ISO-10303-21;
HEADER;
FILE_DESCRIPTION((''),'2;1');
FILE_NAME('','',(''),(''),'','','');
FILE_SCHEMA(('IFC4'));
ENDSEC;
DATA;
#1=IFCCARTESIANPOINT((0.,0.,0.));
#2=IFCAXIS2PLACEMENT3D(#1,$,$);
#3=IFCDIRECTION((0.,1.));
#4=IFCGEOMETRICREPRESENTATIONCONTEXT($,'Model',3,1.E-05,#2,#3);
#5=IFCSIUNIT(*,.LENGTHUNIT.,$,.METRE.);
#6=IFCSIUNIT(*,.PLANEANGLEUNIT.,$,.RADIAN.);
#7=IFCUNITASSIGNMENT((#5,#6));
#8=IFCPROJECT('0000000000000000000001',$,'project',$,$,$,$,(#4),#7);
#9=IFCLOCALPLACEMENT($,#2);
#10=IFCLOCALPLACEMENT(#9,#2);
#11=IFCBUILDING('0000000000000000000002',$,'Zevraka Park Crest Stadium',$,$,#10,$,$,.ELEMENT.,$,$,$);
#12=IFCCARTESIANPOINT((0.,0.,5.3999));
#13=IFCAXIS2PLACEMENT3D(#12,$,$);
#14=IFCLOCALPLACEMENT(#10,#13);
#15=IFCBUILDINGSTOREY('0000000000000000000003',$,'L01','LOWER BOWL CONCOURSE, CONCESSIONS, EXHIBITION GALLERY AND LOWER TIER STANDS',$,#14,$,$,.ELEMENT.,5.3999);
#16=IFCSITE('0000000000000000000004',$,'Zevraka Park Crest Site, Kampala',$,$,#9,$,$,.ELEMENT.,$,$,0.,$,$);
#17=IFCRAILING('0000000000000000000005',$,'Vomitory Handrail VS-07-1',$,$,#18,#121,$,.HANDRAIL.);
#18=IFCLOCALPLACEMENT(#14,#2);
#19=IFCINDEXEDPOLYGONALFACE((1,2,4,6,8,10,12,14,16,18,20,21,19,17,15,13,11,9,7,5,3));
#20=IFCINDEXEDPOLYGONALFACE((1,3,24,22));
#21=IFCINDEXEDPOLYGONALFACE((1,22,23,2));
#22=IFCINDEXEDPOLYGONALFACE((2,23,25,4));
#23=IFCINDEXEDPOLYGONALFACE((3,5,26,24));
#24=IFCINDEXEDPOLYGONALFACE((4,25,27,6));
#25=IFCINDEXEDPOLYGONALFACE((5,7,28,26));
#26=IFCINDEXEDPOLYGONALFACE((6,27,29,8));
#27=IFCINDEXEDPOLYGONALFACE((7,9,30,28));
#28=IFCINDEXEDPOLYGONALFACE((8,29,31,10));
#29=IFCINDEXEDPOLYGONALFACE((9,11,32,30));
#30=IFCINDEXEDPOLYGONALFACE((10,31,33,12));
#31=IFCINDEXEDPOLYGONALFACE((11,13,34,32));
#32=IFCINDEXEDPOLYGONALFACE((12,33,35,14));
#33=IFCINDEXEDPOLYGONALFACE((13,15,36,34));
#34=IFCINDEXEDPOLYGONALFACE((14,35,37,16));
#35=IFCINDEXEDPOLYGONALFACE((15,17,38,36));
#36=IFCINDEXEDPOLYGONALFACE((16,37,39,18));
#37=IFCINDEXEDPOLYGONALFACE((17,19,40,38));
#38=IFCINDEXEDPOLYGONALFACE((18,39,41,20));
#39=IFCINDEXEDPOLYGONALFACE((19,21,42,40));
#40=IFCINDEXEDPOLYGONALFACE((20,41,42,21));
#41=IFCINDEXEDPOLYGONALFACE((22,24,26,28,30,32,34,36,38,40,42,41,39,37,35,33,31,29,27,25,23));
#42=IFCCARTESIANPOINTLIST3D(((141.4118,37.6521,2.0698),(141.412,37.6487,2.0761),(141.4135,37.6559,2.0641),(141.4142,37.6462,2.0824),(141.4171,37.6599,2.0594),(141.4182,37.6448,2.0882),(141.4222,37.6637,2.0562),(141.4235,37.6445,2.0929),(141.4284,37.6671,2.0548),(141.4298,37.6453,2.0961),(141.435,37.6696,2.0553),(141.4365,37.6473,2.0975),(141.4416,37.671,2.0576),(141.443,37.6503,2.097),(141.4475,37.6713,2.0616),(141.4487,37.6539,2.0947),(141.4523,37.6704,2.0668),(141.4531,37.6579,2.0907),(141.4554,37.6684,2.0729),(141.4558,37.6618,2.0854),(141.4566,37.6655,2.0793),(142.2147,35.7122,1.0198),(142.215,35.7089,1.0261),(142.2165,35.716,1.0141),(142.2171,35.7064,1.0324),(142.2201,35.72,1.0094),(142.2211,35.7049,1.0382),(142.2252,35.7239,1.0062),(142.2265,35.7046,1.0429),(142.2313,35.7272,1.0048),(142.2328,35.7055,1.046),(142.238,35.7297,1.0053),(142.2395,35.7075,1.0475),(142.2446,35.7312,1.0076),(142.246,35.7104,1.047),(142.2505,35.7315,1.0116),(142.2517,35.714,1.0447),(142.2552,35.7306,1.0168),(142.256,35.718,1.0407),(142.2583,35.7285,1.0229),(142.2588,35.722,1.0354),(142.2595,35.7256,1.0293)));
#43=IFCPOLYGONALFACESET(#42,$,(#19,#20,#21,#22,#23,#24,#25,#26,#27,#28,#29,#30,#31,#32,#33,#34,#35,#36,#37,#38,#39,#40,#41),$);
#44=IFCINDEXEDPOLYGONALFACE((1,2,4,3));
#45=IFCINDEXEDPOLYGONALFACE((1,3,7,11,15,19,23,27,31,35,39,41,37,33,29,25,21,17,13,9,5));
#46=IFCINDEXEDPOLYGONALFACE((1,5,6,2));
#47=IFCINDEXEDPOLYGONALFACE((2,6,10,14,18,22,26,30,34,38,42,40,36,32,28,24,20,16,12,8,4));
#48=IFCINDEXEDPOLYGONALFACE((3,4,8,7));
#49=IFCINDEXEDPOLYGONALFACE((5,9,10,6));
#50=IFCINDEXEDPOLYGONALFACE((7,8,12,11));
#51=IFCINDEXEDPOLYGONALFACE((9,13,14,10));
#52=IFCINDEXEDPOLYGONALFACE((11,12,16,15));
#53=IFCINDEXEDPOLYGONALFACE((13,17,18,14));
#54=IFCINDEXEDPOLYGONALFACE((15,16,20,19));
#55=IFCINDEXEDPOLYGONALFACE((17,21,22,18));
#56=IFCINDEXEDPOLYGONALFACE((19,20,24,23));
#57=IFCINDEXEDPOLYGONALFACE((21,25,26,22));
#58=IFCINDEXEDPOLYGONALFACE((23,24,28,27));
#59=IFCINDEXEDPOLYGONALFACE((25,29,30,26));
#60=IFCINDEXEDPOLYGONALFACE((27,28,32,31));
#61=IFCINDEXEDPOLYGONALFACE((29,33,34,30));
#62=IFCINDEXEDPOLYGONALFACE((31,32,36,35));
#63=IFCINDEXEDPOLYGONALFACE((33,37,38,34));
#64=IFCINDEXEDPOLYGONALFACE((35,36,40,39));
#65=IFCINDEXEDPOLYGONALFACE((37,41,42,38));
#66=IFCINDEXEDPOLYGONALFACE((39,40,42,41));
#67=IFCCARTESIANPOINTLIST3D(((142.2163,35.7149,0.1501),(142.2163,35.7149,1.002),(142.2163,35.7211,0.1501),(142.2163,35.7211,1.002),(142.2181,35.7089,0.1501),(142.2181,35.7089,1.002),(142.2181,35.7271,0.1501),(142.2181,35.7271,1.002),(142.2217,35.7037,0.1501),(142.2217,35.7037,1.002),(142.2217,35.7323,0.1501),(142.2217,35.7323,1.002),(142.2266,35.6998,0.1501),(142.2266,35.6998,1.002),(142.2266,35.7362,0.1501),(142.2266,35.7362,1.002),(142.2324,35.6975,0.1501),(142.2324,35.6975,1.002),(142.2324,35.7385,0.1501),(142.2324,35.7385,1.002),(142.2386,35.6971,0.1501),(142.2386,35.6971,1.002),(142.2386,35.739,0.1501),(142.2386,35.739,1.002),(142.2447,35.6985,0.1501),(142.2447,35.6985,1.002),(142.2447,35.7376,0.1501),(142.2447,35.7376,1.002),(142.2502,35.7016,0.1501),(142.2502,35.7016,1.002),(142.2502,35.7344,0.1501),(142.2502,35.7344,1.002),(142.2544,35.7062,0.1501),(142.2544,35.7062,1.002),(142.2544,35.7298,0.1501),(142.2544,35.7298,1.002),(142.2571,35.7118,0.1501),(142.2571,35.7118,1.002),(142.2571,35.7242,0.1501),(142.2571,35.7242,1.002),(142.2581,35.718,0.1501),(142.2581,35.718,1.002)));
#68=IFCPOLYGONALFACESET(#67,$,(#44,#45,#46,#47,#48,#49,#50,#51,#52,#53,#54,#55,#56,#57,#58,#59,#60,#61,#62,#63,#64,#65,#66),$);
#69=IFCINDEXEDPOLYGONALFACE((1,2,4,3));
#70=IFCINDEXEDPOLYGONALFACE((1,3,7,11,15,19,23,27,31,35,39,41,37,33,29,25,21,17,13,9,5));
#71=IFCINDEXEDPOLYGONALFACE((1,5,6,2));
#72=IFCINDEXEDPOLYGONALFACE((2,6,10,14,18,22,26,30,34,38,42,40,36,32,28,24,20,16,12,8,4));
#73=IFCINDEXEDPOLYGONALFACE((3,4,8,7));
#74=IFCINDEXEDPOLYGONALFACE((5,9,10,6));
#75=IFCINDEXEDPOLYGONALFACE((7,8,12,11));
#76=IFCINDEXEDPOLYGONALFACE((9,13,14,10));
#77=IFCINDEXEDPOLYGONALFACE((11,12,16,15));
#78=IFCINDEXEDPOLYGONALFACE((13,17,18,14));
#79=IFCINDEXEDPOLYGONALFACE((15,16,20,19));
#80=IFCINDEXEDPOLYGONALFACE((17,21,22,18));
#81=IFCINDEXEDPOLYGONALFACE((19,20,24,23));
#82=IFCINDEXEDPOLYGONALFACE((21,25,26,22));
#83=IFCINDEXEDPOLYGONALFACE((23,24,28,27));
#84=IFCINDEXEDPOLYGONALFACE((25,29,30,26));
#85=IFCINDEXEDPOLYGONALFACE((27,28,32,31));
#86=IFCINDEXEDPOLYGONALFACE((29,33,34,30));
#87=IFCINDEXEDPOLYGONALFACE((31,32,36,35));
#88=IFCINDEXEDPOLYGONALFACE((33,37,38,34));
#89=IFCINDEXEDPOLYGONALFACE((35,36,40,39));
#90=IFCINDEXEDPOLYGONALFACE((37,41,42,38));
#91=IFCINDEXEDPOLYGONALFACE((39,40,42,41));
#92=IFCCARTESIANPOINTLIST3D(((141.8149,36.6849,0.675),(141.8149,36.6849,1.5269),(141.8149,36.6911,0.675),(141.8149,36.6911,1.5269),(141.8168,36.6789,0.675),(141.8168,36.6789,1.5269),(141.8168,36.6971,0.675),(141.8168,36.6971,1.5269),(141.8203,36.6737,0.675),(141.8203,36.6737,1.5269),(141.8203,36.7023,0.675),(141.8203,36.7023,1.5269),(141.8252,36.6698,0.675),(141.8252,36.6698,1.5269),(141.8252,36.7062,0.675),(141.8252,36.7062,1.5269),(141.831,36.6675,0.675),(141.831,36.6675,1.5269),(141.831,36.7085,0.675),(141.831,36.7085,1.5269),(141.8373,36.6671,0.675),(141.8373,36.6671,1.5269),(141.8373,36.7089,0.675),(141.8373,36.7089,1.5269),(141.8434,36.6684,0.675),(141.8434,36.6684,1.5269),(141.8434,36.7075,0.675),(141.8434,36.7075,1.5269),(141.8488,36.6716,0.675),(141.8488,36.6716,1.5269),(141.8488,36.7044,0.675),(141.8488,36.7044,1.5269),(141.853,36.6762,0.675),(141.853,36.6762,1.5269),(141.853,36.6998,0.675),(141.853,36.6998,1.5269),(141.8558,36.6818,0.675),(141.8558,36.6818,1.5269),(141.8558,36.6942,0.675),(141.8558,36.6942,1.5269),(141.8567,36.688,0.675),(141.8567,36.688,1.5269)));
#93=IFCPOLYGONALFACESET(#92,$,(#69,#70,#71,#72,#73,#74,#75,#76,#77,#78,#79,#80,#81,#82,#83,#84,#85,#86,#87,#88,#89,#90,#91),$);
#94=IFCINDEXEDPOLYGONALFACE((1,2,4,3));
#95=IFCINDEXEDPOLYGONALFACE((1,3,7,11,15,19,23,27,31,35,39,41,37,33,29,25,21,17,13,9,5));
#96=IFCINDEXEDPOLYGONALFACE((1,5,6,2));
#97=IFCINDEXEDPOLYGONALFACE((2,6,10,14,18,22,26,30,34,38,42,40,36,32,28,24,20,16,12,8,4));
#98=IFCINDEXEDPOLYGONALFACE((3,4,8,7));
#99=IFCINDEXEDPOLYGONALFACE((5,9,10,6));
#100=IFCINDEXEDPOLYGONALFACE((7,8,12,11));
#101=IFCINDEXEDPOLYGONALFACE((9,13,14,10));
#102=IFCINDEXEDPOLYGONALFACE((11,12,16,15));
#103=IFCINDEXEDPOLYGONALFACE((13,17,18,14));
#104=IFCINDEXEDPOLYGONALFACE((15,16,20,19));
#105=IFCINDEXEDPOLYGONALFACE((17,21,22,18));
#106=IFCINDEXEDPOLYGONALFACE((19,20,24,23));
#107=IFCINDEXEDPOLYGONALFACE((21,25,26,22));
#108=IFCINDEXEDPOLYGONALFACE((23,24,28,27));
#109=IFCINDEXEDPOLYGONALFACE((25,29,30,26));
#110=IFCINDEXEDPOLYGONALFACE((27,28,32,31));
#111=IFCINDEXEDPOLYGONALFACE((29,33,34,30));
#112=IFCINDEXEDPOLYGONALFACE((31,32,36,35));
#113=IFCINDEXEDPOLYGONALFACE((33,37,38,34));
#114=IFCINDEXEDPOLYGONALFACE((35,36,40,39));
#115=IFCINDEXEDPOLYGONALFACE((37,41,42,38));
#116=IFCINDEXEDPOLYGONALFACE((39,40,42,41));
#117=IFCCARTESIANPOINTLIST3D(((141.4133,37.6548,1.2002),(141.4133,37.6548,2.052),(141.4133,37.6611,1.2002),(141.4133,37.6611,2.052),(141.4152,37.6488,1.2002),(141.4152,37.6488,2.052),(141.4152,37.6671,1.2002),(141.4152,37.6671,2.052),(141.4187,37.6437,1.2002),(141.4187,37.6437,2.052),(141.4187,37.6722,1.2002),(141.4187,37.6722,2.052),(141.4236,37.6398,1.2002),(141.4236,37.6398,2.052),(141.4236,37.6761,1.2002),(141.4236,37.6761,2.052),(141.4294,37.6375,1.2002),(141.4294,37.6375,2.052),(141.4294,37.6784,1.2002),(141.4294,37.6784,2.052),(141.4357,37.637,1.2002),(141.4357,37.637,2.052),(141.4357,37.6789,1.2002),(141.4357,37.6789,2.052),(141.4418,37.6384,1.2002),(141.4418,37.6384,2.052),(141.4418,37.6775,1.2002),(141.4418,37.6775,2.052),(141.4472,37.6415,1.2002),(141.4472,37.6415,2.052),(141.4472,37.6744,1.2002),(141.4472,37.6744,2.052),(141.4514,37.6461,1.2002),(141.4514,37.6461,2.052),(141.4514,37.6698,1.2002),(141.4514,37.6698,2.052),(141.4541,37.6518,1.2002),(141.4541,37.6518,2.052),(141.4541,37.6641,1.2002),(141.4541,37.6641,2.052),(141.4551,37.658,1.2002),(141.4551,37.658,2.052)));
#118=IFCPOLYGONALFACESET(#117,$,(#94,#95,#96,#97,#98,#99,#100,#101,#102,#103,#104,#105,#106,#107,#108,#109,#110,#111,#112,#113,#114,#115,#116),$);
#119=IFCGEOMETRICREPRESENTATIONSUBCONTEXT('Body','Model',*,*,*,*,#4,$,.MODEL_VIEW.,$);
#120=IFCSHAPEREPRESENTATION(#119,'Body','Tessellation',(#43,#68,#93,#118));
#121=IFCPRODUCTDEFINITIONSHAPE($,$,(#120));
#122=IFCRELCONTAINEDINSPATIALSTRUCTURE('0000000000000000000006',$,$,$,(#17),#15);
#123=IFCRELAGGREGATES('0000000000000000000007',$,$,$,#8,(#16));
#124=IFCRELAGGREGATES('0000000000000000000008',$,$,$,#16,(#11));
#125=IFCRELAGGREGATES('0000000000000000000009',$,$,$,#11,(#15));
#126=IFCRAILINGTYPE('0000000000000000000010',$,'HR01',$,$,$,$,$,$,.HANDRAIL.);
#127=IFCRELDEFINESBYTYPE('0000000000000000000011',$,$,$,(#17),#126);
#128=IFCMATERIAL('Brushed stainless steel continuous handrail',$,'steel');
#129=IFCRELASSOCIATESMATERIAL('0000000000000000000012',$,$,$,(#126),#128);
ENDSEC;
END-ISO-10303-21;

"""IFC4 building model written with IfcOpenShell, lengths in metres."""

from ifc_helpers import new_model, si_unit, direction, frame, origin, origin_2d, place, context, subcontext, project, spatial, circle, extrude, material, type_object, element, save


model = new_model("IFC4")

# Units and contexts
model_context = context("Model", 3, precision=1e-05, world=origin(), true_north=direction((0.0, 1.0)))
body_context = subcontext(model_context, "Body", "Model", "MODEL_VIEW")
ifc_project = project(units=[si_unit("LENGTHUNIT", "METRE"), si_unit("PLANEANGLEUNIT", "RADIAN")], contexts=[model_context])

# Site, building, storey
site_placement = place(None, origin())
site = spatial("IfcSite", under=ifc_project, at=site_placement, Name="Zevraka Park Crest Site, Kampala", CompositionType="ELEMENT", RefElevation=0.0)
building_placement = place(site_placement, origin())
building = spatial("IfcBuilding", under=site, at=building_placement, Name="Zevraka Park Crest Stadium", CompositionType="ELEMENT")
storey_placement = place(building_placement, frame((0.0, 0.0, 5.3999)))
storey = spatial("IfcBuildingStorey", under=building, at=storey_placement, Name="L01", Description="LOWER BOWL CONCOURSE, CONCESSIONS, EXHIBITION GALLERY AND LOWER TIER STANDS", CompositionType="ELEMENT", Elevation=5.3999)

# Railing
ifc_material_1 = material(Name="Brushed stainless steel continuous handrail", Category="steel")
railing_type_1 = type_object("IfcRailingType", Name="HR01", PredefinedType="HANDRAIL", material=ifc_material_1)
railing_1_placement = place(storey_placement, frame((142.2371, 35.718, 0.1501)))
element("IfcRailing", 1, at=railing_1_placement, inside=storey, type_object=railing_type_1, Name="Vomitory Handrail VS-07-1", PredefinedType="HANDRAIL", context=body_context, shape_type="SweptSolid", body=[
    extrude(circle(Radius=0.0239, at=origin_2d()), frame((0.0, 0.0, 0.876), z_axis=(-0.342057, 0.826387, 0.447305), x_axis=(-0.923976, -0.382451, 0.0)), (0.0, 0.0, 1.0), 2.3474),
    extrude(circle(Radius=0.021, at=origin_2d()), origin(), (0.0, 0.0, 1.0), 0.8518),
    extrude(circle(Radius=0.021, at=origin_2d()), frame((-0.4014, 0.97, 0.5249)), (0.0, 0.0, 1.0), 0.8518),
    extrude(circle(Radius=0.021, at=origin_2d()), frame((-0.803, 1.9399, 1.05)), (0.0, 0.0, 1.0), 0.8518),
])

save(model, "model.ifc")
